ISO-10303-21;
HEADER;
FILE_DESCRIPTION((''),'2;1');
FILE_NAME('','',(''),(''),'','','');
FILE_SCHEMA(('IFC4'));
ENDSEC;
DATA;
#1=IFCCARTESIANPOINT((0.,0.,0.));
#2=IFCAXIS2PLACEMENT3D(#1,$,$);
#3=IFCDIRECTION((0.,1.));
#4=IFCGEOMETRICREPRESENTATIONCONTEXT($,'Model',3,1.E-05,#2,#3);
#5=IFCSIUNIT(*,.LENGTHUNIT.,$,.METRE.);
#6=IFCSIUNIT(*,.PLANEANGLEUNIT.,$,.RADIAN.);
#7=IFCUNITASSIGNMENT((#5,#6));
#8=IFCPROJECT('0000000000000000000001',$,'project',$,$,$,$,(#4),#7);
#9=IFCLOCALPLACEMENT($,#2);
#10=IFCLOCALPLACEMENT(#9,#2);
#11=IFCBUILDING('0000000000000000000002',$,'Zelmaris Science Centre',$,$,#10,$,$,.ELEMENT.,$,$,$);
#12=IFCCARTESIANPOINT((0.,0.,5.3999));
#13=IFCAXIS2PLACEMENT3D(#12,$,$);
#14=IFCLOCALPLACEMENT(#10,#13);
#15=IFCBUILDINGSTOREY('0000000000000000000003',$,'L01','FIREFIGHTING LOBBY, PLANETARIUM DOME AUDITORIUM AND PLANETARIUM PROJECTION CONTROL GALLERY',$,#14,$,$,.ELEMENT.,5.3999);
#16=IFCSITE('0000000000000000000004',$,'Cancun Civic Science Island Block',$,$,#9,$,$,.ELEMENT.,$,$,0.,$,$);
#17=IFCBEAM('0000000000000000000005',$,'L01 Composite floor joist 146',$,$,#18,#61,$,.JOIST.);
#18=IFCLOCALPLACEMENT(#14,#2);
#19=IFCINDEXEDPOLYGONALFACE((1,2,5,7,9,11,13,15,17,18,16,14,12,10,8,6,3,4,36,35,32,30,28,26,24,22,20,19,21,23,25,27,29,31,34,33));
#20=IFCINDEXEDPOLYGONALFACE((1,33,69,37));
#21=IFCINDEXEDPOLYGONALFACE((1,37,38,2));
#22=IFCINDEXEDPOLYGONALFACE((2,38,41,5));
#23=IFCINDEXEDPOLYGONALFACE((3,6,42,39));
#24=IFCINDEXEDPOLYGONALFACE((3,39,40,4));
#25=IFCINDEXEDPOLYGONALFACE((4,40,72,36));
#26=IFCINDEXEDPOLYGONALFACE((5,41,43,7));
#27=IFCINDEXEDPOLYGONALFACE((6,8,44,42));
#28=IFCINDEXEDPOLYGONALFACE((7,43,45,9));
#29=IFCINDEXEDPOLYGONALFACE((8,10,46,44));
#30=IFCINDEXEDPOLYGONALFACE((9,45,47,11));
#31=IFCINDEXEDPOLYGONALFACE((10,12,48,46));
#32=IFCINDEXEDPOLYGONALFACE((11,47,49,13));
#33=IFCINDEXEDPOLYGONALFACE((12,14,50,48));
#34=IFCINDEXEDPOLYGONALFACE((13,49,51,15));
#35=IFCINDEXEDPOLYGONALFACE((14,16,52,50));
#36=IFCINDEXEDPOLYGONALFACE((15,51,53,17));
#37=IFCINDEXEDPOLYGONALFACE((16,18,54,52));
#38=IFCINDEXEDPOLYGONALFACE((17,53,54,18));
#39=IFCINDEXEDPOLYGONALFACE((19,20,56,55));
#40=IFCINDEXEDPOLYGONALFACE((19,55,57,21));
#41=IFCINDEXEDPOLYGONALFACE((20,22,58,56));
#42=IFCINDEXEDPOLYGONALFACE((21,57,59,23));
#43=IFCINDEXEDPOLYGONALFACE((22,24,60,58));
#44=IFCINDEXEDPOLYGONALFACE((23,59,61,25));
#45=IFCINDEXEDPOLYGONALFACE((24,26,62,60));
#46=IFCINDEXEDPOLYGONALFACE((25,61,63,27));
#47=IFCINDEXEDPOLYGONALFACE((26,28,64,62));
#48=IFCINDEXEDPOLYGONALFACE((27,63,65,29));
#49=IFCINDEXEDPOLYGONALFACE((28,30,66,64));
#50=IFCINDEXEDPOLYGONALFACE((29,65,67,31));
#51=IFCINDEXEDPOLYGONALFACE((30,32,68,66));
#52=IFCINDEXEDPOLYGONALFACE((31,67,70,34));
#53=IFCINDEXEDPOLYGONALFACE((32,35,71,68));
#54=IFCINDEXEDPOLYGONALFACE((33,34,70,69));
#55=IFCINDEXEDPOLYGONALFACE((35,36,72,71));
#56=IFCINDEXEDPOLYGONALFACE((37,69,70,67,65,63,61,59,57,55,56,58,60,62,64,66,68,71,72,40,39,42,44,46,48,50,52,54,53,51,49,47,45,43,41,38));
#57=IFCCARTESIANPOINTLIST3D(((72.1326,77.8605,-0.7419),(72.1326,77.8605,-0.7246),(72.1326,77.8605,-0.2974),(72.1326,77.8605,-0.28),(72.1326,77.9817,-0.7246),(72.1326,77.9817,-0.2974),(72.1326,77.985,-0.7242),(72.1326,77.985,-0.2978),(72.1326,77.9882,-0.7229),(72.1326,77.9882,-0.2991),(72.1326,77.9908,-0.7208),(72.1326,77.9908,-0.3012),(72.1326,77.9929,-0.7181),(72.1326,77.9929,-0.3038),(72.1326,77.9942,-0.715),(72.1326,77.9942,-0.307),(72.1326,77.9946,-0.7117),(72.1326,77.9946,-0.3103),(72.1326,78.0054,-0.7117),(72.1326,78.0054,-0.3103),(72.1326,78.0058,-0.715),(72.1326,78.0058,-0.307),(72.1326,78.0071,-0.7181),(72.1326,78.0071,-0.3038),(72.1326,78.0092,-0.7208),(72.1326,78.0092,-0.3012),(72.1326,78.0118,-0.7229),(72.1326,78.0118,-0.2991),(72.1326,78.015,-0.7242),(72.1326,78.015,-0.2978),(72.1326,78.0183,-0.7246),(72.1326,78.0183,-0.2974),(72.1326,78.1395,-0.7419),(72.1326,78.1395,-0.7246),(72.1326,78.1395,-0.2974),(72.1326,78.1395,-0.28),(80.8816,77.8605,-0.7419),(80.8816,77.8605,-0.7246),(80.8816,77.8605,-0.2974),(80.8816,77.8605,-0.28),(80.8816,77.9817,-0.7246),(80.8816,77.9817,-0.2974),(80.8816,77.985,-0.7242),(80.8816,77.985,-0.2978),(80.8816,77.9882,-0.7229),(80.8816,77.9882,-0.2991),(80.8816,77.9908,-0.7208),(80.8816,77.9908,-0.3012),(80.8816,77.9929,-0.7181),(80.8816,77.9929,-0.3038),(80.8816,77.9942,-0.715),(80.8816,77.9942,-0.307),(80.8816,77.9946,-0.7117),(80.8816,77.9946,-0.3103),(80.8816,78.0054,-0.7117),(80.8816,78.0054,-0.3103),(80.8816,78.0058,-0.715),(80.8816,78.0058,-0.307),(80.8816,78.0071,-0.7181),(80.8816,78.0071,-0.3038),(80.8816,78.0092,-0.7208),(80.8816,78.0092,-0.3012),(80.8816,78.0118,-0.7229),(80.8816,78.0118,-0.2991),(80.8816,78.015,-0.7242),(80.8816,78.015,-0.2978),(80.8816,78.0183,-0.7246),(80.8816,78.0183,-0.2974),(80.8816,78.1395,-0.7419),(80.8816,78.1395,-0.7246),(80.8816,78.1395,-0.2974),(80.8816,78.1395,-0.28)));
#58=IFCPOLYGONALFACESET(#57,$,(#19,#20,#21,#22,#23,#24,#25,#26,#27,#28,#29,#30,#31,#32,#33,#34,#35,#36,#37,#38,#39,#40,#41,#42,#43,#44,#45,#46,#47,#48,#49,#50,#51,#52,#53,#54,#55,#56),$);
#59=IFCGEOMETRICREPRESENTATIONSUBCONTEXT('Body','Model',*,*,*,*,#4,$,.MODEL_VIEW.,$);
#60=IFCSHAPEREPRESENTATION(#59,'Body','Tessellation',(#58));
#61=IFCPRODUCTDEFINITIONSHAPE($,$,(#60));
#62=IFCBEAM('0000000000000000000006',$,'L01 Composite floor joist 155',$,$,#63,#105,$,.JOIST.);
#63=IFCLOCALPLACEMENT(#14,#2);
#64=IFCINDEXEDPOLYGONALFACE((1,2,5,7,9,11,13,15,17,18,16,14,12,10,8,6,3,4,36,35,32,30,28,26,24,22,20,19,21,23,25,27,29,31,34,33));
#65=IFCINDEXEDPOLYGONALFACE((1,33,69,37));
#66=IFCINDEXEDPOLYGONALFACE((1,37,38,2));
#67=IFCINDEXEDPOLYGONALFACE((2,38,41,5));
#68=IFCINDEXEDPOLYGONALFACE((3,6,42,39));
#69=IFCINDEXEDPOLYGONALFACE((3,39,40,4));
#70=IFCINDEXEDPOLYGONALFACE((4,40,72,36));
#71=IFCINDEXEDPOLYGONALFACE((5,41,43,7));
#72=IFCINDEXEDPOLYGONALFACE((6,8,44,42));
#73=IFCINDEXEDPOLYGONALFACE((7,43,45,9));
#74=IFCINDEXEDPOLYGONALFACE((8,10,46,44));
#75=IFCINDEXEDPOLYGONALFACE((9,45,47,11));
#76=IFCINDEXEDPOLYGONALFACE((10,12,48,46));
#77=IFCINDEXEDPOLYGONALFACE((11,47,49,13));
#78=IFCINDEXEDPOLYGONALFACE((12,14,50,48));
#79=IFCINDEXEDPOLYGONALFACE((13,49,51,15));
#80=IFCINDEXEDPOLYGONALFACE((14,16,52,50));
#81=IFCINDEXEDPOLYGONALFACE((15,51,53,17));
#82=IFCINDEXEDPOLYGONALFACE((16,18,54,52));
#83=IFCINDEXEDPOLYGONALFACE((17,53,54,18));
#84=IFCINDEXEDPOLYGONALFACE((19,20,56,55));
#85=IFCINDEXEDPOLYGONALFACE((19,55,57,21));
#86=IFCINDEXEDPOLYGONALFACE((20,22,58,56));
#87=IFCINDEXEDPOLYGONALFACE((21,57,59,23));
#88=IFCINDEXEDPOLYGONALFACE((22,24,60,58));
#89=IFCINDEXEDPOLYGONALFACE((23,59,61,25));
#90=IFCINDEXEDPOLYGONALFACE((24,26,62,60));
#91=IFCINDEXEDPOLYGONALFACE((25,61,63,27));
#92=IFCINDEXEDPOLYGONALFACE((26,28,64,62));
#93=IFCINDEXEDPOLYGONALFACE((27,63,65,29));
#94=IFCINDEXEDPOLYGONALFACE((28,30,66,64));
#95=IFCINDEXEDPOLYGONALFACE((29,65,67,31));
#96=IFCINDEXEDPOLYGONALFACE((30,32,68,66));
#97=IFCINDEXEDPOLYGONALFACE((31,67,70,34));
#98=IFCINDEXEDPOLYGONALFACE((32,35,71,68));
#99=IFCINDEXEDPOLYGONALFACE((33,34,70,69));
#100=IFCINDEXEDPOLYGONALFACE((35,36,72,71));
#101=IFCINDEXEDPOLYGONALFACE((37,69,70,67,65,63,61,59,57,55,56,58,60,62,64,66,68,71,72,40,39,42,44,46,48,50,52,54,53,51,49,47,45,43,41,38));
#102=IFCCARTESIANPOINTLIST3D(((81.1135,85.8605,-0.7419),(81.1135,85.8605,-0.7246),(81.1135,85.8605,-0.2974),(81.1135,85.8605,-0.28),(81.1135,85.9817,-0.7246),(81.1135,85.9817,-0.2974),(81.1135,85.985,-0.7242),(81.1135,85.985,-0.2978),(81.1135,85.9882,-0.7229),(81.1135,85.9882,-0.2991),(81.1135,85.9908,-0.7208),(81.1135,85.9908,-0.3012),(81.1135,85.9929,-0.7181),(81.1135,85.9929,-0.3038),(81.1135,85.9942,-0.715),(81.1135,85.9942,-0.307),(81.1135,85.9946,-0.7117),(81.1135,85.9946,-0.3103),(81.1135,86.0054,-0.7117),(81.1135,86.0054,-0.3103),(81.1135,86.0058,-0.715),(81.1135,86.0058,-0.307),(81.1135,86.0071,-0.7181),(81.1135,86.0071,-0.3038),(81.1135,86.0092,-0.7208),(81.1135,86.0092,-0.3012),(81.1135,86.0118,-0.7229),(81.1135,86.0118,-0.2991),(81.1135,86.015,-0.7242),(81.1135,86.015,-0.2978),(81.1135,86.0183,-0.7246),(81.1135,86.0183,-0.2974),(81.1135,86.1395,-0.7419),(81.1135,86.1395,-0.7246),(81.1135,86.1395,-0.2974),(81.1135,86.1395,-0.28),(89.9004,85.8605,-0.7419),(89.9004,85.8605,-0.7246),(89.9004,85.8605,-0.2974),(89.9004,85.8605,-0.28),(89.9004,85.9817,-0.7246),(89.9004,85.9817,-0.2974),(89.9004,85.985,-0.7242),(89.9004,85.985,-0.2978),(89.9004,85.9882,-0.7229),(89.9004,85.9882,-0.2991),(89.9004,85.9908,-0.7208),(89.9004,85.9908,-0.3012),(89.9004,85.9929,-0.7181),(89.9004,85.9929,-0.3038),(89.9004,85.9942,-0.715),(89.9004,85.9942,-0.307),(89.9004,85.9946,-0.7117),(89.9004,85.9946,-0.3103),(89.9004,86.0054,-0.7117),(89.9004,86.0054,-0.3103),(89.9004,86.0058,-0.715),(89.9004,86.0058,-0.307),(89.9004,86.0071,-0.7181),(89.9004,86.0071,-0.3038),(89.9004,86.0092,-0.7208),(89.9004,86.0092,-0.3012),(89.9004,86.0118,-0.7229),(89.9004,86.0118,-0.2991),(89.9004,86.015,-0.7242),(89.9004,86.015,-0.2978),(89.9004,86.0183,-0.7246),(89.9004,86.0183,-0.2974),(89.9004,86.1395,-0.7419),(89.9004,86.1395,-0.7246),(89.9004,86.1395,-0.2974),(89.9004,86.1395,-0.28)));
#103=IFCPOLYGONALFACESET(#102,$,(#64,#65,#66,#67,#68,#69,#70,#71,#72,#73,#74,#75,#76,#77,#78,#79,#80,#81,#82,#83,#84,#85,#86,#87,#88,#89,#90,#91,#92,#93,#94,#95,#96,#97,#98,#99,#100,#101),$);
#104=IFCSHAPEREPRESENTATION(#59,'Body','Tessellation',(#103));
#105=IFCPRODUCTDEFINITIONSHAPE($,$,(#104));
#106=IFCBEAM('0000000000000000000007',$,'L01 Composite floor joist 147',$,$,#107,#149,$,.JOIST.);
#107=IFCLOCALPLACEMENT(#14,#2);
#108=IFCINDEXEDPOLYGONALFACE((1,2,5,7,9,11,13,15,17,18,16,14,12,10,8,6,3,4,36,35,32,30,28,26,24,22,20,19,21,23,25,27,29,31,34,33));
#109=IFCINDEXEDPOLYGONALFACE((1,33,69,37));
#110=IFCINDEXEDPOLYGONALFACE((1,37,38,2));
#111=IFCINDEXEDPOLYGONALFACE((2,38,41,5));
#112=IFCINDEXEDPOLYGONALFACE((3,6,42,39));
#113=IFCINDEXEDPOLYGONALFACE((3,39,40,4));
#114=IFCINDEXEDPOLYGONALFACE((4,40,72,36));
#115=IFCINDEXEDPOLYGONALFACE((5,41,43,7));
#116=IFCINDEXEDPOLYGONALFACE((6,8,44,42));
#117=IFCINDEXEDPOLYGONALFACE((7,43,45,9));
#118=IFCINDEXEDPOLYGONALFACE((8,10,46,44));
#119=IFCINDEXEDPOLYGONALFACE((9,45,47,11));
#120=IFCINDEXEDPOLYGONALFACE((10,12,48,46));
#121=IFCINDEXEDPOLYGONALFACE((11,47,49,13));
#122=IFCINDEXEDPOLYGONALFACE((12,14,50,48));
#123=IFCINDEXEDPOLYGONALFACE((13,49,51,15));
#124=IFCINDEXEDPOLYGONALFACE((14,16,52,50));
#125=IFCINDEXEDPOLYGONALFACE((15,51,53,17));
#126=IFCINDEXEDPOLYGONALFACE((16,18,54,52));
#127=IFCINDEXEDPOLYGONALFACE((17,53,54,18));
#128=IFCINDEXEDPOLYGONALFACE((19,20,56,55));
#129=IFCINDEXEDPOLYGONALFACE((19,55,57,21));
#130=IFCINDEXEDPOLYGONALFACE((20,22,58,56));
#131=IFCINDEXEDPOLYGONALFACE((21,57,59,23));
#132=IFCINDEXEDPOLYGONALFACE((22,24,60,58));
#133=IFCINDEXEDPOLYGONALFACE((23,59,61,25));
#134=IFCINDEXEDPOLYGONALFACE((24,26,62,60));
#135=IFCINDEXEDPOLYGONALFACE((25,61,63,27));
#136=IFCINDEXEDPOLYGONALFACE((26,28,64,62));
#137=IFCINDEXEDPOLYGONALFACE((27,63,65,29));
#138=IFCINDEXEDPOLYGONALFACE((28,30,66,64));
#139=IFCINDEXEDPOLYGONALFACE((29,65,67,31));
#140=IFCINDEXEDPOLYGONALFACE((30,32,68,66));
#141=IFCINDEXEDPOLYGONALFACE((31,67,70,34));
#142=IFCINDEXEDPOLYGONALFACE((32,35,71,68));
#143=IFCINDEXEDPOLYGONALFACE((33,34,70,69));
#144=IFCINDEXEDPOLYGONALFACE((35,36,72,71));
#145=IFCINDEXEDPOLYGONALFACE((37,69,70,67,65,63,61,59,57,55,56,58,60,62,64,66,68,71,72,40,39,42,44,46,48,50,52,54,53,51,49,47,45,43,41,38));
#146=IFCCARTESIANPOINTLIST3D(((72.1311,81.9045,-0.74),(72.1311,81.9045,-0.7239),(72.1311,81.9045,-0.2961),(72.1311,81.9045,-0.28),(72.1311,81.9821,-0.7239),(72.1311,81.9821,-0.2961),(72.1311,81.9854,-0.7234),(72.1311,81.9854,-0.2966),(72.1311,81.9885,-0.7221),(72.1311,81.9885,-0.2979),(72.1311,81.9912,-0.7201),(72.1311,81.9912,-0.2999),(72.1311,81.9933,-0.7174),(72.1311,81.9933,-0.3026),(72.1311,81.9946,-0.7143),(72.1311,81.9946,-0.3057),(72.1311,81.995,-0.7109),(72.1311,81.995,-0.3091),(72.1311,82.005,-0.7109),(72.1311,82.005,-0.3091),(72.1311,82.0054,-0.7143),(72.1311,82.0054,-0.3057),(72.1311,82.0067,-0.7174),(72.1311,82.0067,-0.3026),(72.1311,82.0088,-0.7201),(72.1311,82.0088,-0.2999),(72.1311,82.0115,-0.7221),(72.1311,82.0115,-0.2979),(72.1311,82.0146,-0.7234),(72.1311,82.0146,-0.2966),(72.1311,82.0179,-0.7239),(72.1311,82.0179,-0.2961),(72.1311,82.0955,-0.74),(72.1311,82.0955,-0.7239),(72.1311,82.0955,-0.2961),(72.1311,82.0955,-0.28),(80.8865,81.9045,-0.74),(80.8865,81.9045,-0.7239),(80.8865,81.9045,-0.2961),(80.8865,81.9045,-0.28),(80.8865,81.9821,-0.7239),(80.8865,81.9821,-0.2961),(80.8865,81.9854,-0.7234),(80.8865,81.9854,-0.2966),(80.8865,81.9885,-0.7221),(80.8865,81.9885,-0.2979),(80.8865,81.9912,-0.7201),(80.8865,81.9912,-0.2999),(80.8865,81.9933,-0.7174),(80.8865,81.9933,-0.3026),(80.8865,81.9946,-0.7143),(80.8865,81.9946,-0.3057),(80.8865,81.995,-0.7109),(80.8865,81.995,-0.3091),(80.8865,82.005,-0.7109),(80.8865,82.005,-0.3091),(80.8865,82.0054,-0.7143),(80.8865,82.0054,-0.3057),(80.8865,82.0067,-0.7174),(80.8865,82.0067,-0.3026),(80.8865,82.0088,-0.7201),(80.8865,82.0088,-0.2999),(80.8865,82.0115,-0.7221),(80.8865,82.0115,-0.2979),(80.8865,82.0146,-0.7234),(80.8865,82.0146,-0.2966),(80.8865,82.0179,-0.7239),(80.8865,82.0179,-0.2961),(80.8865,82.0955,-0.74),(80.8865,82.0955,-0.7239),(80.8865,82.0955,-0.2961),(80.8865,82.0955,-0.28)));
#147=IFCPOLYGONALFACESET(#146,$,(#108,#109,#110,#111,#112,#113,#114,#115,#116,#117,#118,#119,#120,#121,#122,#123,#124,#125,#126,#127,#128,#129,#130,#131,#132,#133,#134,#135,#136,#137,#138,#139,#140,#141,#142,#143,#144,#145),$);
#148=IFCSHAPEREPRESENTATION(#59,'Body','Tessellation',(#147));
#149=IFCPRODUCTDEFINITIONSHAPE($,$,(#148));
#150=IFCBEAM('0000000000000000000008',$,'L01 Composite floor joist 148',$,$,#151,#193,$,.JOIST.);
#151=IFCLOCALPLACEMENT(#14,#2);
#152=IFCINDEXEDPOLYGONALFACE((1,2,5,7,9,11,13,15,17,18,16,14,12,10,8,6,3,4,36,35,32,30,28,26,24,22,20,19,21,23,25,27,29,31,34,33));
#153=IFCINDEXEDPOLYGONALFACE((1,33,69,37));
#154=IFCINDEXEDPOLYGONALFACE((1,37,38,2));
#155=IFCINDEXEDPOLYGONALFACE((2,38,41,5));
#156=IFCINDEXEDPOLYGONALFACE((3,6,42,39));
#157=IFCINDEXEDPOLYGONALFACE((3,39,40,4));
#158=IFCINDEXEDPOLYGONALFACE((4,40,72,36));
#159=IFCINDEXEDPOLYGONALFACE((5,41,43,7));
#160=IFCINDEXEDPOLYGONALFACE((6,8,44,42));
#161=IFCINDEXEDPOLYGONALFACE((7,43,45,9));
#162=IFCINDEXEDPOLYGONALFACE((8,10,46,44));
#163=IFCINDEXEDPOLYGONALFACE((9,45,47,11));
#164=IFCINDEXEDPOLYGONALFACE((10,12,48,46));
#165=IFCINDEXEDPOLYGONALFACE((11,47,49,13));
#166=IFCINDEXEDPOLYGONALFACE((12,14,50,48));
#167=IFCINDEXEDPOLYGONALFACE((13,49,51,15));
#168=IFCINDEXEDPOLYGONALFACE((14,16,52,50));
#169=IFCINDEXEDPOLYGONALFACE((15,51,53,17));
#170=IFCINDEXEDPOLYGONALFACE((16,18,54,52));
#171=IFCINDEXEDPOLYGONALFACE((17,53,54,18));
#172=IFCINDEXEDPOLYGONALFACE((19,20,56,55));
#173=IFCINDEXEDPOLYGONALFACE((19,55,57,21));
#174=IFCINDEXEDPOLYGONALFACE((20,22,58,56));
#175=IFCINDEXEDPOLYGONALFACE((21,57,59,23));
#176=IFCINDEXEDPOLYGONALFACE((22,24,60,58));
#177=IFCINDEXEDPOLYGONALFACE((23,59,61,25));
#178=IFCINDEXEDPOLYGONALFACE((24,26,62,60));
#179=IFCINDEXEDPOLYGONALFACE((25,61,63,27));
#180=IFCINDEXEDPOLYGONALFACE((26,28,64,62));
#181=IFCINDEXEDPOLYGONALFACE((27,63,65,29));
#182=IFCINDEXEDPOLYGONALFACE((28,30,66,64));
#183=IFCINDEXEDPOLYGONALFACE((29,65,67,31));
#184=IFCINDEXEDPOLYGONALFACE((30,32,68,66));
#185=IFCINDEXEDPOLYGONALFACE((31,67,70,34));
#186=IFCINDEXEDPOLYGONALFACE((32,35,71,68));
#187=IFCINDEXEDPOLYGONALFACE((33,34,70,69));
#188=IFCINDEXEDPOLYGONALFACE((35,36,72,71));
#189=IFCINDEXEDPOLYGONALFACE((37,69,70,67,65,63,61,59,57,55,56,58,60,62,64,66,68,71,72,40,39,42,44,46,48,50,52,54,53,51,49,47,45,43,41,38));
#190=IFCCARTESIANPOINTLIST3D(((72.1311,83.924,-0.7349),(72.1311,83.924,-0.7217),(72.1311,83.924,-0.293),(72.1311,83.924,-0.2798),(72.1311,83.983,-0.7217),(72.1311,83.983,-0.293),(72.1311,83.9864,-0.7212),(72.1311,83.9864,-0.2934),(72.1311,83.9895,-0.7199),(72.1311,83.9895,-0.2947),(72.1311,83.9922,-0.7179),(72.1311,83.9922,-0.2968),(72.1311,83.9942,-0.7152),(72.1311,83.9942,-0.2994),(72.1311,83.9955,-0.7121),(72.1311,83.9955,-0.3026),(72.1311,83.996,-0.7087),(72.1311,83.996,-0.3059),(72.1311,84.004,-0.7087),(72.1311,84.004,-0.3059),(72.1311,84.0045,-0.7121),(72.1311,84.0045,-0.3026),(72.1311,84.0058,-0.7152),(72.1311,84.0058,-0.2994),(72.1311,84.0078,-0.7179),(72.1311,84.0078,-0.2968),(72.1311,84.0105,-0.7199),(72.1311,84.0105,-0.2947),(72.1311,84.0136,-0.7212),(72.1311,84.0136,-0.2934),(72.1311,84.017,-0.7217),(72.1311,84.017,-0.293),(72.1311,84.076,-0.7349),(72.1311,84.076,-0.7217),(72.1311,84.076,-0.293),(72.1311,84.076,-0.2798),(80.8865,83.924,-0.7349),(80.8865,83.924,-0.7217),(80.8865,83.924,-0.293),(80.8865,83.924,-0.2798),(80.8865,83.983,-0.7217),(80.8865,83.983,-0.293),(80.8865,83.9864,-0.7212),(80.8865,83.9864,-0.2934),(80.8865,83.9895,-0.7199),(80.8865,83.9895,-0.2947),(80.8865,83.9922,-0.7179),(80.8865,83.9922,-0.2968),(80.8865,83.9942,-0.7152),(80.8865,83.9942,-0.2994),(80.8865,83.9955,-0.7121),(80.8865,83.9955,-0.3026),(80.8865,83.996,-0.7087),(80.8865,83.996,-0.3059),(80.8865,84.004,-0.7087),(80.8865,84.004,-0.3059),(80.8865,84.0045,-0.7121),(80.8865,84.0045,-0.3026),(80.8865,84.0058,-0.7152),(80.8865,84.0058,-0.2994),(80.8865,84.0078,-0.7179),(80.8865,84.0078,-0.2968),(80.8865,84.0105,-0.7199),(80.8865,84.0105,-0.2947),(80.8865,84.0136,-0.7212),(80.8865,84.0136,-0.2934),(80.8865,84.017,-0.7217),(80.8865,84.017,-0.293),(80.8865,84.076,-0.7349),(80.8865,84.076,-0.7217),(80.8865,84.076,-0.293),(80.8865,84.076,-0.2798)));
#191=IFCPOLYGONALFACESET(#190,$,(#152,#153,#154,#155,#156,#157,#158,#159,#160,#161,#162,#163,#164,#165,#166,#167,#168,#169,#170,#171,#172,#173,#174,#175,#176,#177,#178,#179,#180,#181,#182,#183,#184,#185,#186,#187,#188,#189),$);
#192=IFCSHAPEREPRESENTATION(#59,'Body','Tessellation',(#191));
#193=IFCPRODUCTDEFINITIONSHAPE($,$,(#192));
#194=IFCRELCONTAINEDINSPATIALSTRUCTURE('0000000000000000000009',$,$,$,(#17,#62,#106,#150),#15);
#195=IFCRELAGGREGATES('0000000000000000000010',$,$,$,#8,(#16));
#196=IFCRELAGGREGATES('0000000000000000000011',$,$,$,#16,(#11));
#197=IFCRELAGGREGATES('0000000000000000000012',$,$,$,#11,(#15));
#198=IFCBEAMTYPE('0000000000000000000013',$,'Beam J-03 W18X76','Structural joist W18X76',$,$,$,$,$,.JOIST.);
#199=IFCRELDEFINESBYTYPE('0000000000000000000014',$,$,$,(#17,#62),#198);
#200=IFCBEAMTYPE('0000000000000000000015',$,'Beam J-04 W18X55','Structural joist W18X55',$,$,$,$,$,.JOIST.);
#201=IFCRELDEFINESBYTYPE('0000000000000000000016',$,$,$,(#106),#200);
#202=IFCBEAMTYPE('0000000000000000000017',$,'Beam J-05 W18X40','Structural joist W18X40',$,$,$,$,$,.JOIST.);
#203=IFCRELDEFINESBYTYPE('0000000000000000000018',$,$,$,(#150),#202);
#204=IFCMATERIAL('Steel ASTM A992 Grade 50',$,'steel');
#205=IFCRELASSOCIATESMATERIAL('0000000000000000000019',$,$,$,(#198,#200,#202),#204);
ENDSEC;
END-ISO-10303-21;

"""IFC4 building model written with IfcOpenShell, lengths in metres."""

from ifc_helpers import new_model, si_unit, direction, frame, origin, origin_2d, place, context, subcontext, project, spatial, i_section, extrude, material, material_profile, profile_set, type_object, element, save


model = new_model("IFC4")

# Units and contexts
model_context = context("Model", 3, precision=1e-05, world=origin(), true_north=direction((0.0, 1.0)))
body_context = subcontext(model_context, "Body", "Model", "MODEL_VIEW")
ifc_project = project(units=[si_unit("LENGTHUNIT", "METRE"), si_unit("PLANEANGLEUNIT", "RADIAN")], contexts=[model_context])

# Site, building, storey
site_placement = place(None, origin())
site = spatial("IfcSite", under=ifc_project, at=site_placement, Name="Cancun Civic Science Island Block", CompositionType="ELEMENT", RefElevation=0.0)
building_placement = place(site_placement, origin())
building = spatial("IfcBuilding", under=site, at=building_placement, Name="Zelmaris Science Centre", CompositionType="ELEMENT")
storey_placement = place(building_placement, frame((0.0, 0.0, 5.3999)))
storey = spatial("IfcBuildingStorey", under=building, at=storey_placement, Name="L01", Description="FIREFIGHTING LOBBY, PLANETARIUM DOME AUDITORIUM AND PLANETARIUM PROJECTION CONTROL GALLERY", CompositionType="ELEMENT", Elevation=5.3999)

# Shared definitions
ifc_material_1 = material(Name="Steel ASTM A992 Grade 50", Category="steel")

# Beams
ifc_material_profile_1 = material_profile(ifc_material_1, i_section(OverallWidth=0.2791, OverallDepth=0.4619, WebThickness=0.0107, FlangeThickness=0.0173, FilletRadius=0.0129, at=origin_2d()), Name="W18X76")
ifc_profile_set_1 = profile_set([ifc_material_profile_1], Name="Steel ASTM A992 Grade 50")
beam_type_1 = type_object("IfcBeamType", Name="Beam J-03 W18X76", Description="Structural joist W18X76", PredefinedType="JOIST", material=ifc_profile_set_1)
beam_1_placement = place(storey_placement, frame((72.1326, 78.0, -0.511), z_axis=(1.0, 0.0, 0.0), x_axis=(0.0, 1.0, 0.0)))
element("IfcBeam", 1, at=beam_1_placement, inside=storey, type_object=beam_type_1, Name="L01 Composite floor joist 146", PredefinedType="JOIST", context=body_context, shape_type="SweptSolid", body=[
    extrude(i_section(OverallWidth=0.2791, OverallDepth=0.4619, WebThickness=0.0107, FlangeThickness=0.0173, FilletRadius=0.0129, at=origin_2d()), origin(), (0.0, 0.0, 1.0), 8.749),
])
beam_2_placement = place(storey_placement, frame((81.1135, 86.0, -0.511), z_axis=(1.0, 0.0, 0.0), x_axis=(0.0, 1.0, 0.0)))
element("IfcBeam", 2, at=beam_2_placement, inside=storey, type_object=beam_type_1, Name="L01 Composite floor joist 155", PredefinedType="JOIST", context=body_context, shape_type="SweptSolid", body=[
    extrude(i_section(OverallWidth=0.2791, OverallDepth=0.4619, WebThickness=0.0107, FlangeThickness=0.0173, FilletRadius=0.0129, at=origin_2d()), origin(), (0.0, 0.0, 1.0), 8.7869),
])
ifc_material_profile_2 = material_profile(ifc_material_1, i_section(OverallWidth=0.1909, OverallDepth=0.46, WebThickness=0.01, FlangeThickness=0.0161, FilletRadius=0.0129, at=origin_2d()), Name="W18X55")
ifc_profile_set_2 = profile_set([ifc_material_profile_2], Name="Steel ASTM A992 Grade 50")
beam_type_2 = type_object("IfcBeamType", Name="Beam J-04 W18X55", Description="Structural joist W18X55", PredefinedType="JOIST", material=ifc_profile_set_2)
beam_3_placement = place(storey_placement, frame((72.1311, 82.0, -0.51), z_axis=(1.0, 0.0, 0.0), x_axis=(0.0, 1.0, 0.0)))
element("IfcBeam", 3, at=beam_3_placement, inside=storey, type_object=beam_type_2, Name="L01 Composite floor joist 147", PredefinedType="JOIST", context=body_context, shape_type="SweptSolid", body=[
    extrude(i_section(OverallWidth=0.1909, OverallDepth=0.46, WebThickness=0.01, FlangeThickness=0.0161, FilletRadius=0.0129, at=origin_2d()), origin(), (0.0, 0.0, 1.0), 8.7554),
])
ifc_material_profile_3 = material_profile(ifc_material_1, i_section(OverallWidth=0.1521, OverallDepth=0.4551, WebThickness=0.0081, FlangeThickness=0.0132, FilletRadius=0.0129, at=origin_2d()), Name="W18X40")
ifc_profile_set_3 = profile_set([ifc_material_profile_3], Name="Steel ASTM A992 Grade 50")
beam_type_3 = type_object("IfcBeamType", Name="Beam J-05 W18X40", Description="Structural joist W18X40", PredefinedType="JOIST", material=ifc_profile_set_3)
beam_4_placement = place(storey_placement, frame((72.1311, 84.0, -0.5073), z_axis=(1.0, 0.0, 0.0), x_axis=(0.0, 1.0, 0.0)))
element("IfcBeam", 4, at=beam_4_placement, inside=storey, type_object=beam_type_3, Name="L01 Composite floor joist 148", PredefinedType="JOIST", context=body_context, shape_type="SweptSolid", body=[
    extrude(i_section(OverallWidth=0.1521, OverallDepth=0.4551, WebThickness=0.0081, FlangeThickness=0.0132, FilletRadius=0.0129, at=origin_2d()), origin(), (0.0, 0.0, 1.0), 8.7554),
])

save(model, "model.ifc")
